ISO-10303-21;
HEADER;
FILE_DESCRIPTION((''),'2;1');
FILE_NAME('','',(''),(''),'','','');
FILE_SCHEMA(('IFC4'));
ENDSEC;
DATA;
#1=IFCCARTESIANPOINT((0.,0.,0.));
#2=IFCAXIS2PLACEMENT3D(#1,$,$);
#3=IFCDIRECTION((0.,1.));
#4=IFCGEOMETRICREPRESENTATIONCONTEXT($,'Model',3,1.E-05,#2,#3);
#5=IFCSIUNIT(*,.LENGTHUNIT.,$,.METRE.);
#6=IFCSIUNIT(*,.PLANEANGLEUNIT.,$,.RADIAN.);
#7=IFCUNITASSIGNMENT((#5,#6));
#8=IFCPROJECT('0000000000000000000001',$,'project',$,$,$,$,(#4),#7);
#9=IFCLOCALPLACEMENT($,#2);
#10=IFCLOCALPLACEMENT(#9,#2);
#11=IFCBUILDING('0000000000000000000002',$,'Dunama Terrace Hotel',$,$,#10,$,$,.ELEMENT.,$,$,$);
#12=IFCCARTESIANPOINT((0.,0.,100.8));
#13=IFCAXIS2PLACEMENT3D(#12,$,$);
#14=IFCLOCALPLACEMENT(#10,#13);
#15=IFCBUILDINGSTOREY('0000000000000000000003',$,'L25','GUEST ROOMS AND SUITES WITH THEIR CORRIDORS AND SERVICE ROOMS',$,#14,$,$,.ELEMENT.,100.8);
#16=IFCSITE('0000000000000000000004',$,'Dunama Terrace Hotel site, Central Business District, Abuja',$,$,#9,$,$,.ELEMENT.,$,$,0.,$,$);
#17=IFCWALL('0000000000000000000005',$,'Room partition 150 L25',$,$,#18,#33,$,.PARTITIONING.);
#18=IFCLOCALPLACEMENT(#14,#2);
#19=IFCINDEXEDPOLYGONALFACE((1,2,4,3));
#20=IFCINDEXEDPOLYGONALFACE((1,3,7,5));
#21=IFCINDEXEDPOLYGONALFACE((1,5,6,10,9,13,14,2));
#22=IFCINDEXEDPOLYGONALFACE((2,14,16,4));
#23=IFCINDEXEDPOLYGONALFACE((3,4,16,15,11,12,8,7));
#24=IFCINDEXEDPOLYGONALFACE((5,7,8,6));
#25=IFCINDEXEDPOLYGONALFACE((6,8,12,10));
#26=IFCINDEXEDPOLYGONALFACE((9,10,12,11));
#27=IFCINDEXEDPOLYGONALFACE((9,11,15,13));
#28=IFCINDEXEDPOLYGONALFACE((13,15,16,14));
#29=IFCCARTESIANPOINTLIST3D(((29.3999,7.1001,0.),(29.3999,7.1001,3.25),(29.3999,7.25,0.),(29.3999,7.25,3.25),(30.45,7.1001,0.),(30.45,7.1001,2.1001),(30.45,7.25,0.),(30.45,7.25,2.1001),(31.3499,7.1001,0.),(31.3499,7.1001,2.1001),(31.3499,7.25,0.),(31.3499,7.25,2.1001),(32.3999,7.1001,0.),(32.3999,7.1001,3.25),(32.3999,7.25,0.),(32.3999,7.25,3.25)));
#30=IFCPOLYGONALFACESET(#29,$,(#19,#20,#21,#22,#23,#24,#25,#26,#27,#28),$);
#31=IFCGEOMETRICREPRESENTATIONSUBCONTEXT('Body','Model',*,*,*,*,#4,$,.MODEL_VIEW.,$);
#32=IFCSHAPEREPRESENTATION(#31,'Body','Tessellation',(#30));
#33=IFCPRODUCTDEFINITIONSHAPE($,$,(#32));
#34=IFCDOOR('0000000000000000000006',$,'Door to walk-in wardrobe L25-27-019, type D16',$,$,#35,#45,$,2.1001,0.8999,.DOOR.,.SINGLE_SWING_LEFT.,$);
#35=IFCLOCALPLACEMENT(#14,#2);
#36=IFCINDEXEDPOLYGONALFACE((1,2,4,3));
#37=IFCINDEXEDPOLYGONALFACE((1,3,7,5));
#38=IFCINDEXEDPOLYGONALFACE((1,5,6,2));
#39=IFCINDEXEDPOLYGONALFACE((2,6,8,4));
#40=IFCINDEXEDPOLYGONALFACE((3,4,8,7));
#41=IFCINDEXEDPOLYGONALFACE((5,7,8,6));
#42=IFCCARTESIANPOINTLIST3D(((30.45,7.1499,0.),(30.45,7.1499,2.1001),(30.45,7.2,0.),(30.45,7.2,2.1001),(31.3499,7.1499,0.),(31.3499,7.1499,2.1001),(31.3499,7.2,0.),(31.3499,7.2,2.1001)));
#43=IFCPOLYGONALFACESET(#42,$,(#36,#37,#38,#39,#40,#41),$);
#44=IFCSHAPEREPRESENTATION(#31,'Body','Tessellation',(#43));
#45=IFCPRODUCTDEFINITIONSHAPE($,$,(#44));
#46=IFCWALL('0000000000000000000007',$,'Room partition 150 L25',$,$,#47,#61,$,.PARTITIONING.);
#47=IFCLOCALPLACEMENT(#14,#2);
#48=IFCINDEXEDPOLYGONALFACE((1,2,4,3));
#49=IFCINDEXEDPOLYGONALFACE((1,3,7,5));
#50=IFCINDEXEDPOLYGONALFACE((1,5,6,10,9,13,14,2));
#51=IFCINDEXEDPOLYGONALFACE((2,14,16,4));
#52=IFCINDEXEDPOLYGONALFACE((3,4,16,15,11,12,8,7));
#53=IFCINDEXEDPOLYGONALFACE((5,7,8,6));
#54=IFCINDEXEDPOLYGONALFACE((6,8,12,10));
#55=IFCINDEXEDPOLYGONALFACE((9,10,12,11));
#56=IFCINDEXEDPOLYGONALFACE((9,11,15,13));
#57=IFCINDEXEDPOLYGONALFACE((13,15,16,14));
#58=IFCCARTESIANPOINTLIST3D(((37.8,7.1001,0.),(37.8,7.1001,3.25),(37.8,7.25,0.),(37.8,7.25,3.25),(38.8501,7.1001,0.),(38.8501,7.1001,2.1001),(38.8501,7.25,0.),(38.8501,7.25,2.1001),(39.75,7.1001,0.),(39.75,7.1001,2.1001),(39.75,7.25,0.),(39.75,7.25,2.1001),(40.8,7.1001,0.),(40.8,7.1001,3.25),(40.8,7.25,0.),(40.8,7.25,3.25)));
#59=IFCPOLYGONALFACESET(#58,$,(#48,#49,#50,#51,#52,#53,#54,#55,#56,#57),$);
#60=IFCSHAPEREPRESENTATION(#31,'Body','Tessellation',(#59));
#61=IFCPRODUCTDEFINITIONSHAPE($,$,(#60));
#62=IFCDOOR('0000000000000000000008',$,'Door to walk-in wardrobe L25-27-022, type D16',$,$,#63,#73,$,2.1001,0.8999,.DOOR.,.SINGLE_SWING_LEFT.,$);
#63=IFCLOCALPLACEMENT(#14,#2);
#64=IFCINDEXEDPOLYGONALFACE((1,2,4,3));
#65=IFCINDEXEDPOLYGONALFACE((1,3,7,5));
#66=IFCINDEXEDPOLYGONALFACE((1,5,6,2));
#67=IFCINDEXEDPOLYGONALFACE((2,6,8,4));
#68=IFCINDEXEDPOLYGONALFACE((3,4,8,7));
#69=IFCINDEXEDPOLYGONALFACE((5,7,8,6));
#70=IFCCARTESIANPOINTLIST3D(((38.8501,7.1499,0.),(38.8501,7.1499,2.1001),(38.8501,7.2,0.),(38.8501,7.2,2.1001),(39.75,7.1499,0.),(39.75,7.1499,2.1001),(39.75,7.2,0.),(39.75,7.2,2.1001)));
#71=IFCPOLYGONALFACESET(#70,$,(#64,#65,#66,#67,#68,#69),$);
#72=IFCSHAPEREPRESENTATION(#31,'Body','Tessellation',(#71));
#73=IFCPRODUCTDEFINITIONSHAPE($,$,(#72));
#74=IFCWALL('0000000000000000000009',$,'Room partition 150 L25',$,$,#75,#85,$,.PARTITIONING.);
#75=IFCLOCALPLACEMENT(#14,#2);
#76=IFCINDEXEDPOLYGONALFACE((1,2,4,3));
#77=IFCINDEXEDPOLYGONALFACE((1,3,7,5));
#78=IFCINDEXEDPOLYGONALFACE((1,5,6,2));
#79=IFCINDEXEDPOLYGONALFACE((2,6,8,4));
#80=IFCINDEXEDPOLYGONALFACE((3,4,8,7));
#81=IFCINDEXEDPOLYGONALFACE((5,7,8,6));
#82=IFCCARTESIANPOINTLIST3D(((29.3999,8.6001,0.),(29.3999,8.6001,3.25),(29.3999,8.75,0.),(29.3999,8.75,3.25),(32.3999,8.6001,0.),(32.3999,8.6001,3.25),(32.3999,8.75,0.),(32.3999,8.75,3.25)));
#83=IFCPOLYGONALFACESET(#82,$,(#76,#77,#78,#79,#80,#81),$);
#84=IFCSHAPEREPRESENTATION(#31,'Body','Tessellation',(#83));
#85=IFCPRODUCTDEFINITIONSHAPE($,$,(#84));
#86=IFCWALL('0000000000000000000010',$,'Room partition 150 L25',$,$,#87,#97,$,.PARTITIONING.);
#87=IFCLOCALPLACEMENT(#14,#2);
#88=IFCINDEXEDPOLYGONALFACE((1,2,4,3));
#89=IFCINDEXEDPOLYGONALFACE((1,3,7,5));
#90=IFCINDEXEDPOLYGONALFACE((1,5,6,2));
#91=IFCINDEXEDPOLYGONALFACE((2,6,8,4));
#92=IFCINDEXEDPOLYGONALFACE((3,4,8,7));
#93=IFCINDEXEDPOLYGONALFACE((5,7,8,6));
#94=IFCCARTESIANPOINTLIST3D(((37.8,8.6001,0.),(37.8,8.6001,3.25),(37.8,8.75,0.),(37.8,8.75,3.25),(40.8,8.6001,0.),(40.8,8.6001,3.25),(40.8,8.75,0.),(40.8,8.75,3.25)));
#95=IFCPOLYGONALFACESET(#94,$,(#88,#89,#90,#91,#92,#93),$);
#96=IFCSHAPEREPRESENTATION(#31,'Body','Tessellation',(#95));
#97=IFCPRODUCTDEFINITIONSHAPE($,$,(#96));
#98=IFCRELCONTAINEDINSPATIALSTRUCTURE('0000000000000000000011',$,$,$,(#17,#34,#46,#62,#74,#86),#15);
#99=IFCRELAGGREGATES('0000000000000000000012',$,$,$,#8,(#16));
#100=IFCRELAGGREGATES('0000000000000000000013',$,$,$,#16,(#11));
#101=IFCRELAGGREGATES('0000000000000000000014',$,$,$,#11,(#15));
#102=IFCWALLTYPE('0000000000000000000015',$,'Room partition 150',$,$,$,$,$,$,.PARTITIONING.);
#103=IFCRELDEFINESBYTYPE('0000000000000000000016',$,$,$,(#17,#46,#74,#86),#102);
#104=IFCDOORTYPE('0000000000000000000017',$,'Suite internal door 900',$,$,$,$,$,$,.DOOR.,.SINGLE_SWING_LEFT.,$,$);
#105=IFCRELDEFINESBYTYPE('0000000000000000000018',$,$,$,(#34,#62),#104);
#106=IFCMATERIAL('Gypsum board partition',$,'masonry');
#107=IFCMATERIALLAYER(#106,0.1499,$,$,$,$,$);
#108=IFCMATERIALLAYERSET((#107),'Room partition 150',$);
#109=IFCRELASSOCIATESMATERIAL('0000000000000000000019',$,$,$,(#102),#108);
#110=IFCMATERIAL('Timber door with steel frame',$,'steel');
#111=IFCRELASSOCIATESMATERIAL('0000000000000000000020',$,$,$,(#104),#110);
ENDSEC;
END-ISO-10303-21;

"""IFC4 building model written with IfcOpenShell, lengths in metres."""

from ifc_helpers import new_model, si_unit, direction, frame, frame_2d, origin, place, context, subcontext, project, spatial, rectangle, extrude, material, layer, layer_set, type_object, element, fill, save


model = new_model("IFC4")

# Units and contexts
model_context = context("Model", 3, precision=1e-05, world=origin(), true_north=direction((0.0, 1.0)))
body_context = subcontext(model_context, "Body", "Model", "MODEL_VIEW")
ifc_project = project(units=[si_unit("LENGTHUNIT", "METRE"), si_unit("PLANEANGLEUNIT", "RADIAN")], contexts=[model_context])

# Site, building, storey
site_placement = place(None, origin())
site = spatial("IfcSite", under=ifc_project, at=site_placement, Name="Dunama Terrace Hotel site, Central Business District, Abuja", CompositionType="ELEMENT", RefElevation=0.0)
building_placement = place(site_placement, origin())
building = spatial("IfcBuilding", under=site, at=building_placement, Name="Dunama Terrace Hotel", CompositionType="ELEMENT")
storey_placement = place(building_placement, frame((0.0, 0.0, 100.8)))
storey = spatial("IfcBuildingStorey", under=building, at=storey_placement, Name="L25", Description="GUEST ROOMS AND SUITES WITH THEIR CORRIDORS AND SERVICE ROOMS", CompositionType="ELEMENT", Elevation=100.8)

# Shared definitions
ifc_material_1 = material(Name="Gypsum board partition", Category="masonry")
ifc_layer_1 = layer(ifc_material_1, 0.1499)
ifc_layer_set_1 = layer_set([ifc_layer_1], Name="Room partition 150")
wall_type_1 = type_object("IfcWallType", Name="Room partition 150", PredefinedType="PARTITIONING", material=ifc_layer_set_1)

# Walls, openings, doors
ifc_material_2 = material(Name="Timber door with steel frame", Category="steel")
door_type_1 = type_object("IfcDoorType", Name="Suite internal door 900", OperationType="SINGLE_SWING_LEFT", PredefinedType="DOOR", material=ifc_material_2)
wall_1_placement = place(storey_placement, frame((29.3999, 7.175, 0.0), z_axis=(0.0, 0.0, 1.0), x_axis=(1.0, 0.0, 0.0)))
wall_1 = element("IfcWall", 1, at=wall_1_placement, inside=storey, type_object=wall_type_1, Name="Room partition 150 L25", PredefinedType="PARTITIONING", context=body_context, shape_type="SweptSolid", body=[
    extrude(rectangle(XDim=3.0, YDim=0.1499, at=frame_2d((1.5, 0.0))), origin(), (0.0, 0.0, 1.0), 3.25),
])
opening_1_placement = place(wall_1_placement, frame((1.05, 0.0, 0.0)))
opening_1 = element("IfcOpeningElement", 2, at=opening_1_placement, cuts=wall_1, PredefinedType="OPENING", context=body_context, shape_type="SweptSolid", body=[
    extrude(rectangle(XDim=0.8999, YDim=2.1001, at=frame_2d((0.45, 1.05))), frame((0.0, 0.085, 0.0), z_axis=(0.0, -1.0, 0.0), x_axis=(1.0, 0.0, 0.0)), (0.0, 0.0, 1.0), 0.1699),
])
door_1_placement = place(opening_1_placement, origin())
door_1 = element("IfcDoor", 3, at=door_1_placement, inside=storey, type_object=door_type_1, Name="Door to walk-in wardrobe L25-27-019, type D16", OperationType="SINGLE_SWING_LEFT", OverallHeight=2.1001, OverallWidth=0.8999, PredefinedType="DOOR", context=body_context, shape_type="SweptSolid", body=[
    extrude(rectangle(XDim=0.8999, YDim=2.1001, at=frame_2d((0.45, 1.05))), frame((0.0, 0.0249, 0.0), z_axis=(0.0, -1.0, 0.0), x_axis=(1.0, 0.0, 0.0)), (0.0, 0.0, 1.0), 0.05),
])
fill(opening_1, door_1)
wall_2_placement = place(storey_placement, frame((37.8, 7.175, 0.0), z_axis=(0.0, 0.0, 1.0), x_axis=(1.0, 0.0, 0.0)))
wall_2 = element("IfcWall", 4, at=wall_2_placement, inside=storey, type_object=wall_type_1, Name="Room partition 150 L25", PredefinedType="PARTITIONING", context=body_context, shape_type="SweptSolid", body=[
    extrude(rectangle(XDim=3.0, YDim=0.1499, at=frame_2d((1.5, 0.0))), origin(), (0.0, 0.0, 1.0), 3.25),
])
opening_2_placement = place(wall_2_placement, frame((1.05, 0.0, 0.0)))
opening_2 = element("IfcOpeningElement", 5, at=opening_2_placement, cuts=wall_2, PredefinedType="OPENING", context=body_context, shape_type="SweptSolid", body=[
    extrude(rectangle(XDim=0.8999, YDim=2.1001, at=frame_2d((0.45, 1.05))), frame((0.0, 0.085, 0.0), z_axis=(0.0, -1.0, 0.0), x_axis=(1.0, 0.0, 0.0)), (0.0, 0.0, 1.0), 0.1699),
])
door_2_placement = place(opening_2_placement, origin())
door_2 = element("IfcDoor", 6, at=door_2_placement, inside=storey, type_object=door_type_1, Name="Door to walk-in wardrobe L25-27-022, type D16", OperationType="SINGLE_SWING_LEFT", OverallHeight=2.1001, OverallWidth=0.8999, PredefinedType="DOOR", context=body_context, shape_type="SweptSolid", body=[
    extrude(rectangle(XDim=0.8999, YDim=2.1001, at=frame_2d((0.45, 1.05))), frame((0.0, 0.0249, 0.0), z_axis=(0.0, -1.0, 0.0), x_axis=(1.0, 0.0, 0.0)), (0.0, 0.0, 1.0), 0.05),
])
fill(opening_2, door_2)

# Walls
for number, where, z_axis, x_axis, name in (
    (7, (29.3999, 8.675, 0.0), (0.0, 0.0, 1.0), (1.0, 0.0, 0.0), "Room partition 150 L25"),
    (8, (37.8, 8.675, 0.0), (0.0, 0.0, 1.0), (1.0, 0.0, 0.0), "Room partition 150 L25"),
):
    element("IfcWall", number, at=place(storey_placement, frame(where, z_axis=z_axis, x_axis=x_axis)), inside=storey, type_object=wall_type_1, Name=name, PredefinedType="PARTITIONING", context=body_context, shape_type="SweptSolid", body=[
        extrude(rectangle(XDim=3.0, YDim=0.1499, at=frame_2d((1.5, 0.0))), origin(), (0.0, 0.0, 1.0), 3.25),
    ])

save(model, "model.ifc")
